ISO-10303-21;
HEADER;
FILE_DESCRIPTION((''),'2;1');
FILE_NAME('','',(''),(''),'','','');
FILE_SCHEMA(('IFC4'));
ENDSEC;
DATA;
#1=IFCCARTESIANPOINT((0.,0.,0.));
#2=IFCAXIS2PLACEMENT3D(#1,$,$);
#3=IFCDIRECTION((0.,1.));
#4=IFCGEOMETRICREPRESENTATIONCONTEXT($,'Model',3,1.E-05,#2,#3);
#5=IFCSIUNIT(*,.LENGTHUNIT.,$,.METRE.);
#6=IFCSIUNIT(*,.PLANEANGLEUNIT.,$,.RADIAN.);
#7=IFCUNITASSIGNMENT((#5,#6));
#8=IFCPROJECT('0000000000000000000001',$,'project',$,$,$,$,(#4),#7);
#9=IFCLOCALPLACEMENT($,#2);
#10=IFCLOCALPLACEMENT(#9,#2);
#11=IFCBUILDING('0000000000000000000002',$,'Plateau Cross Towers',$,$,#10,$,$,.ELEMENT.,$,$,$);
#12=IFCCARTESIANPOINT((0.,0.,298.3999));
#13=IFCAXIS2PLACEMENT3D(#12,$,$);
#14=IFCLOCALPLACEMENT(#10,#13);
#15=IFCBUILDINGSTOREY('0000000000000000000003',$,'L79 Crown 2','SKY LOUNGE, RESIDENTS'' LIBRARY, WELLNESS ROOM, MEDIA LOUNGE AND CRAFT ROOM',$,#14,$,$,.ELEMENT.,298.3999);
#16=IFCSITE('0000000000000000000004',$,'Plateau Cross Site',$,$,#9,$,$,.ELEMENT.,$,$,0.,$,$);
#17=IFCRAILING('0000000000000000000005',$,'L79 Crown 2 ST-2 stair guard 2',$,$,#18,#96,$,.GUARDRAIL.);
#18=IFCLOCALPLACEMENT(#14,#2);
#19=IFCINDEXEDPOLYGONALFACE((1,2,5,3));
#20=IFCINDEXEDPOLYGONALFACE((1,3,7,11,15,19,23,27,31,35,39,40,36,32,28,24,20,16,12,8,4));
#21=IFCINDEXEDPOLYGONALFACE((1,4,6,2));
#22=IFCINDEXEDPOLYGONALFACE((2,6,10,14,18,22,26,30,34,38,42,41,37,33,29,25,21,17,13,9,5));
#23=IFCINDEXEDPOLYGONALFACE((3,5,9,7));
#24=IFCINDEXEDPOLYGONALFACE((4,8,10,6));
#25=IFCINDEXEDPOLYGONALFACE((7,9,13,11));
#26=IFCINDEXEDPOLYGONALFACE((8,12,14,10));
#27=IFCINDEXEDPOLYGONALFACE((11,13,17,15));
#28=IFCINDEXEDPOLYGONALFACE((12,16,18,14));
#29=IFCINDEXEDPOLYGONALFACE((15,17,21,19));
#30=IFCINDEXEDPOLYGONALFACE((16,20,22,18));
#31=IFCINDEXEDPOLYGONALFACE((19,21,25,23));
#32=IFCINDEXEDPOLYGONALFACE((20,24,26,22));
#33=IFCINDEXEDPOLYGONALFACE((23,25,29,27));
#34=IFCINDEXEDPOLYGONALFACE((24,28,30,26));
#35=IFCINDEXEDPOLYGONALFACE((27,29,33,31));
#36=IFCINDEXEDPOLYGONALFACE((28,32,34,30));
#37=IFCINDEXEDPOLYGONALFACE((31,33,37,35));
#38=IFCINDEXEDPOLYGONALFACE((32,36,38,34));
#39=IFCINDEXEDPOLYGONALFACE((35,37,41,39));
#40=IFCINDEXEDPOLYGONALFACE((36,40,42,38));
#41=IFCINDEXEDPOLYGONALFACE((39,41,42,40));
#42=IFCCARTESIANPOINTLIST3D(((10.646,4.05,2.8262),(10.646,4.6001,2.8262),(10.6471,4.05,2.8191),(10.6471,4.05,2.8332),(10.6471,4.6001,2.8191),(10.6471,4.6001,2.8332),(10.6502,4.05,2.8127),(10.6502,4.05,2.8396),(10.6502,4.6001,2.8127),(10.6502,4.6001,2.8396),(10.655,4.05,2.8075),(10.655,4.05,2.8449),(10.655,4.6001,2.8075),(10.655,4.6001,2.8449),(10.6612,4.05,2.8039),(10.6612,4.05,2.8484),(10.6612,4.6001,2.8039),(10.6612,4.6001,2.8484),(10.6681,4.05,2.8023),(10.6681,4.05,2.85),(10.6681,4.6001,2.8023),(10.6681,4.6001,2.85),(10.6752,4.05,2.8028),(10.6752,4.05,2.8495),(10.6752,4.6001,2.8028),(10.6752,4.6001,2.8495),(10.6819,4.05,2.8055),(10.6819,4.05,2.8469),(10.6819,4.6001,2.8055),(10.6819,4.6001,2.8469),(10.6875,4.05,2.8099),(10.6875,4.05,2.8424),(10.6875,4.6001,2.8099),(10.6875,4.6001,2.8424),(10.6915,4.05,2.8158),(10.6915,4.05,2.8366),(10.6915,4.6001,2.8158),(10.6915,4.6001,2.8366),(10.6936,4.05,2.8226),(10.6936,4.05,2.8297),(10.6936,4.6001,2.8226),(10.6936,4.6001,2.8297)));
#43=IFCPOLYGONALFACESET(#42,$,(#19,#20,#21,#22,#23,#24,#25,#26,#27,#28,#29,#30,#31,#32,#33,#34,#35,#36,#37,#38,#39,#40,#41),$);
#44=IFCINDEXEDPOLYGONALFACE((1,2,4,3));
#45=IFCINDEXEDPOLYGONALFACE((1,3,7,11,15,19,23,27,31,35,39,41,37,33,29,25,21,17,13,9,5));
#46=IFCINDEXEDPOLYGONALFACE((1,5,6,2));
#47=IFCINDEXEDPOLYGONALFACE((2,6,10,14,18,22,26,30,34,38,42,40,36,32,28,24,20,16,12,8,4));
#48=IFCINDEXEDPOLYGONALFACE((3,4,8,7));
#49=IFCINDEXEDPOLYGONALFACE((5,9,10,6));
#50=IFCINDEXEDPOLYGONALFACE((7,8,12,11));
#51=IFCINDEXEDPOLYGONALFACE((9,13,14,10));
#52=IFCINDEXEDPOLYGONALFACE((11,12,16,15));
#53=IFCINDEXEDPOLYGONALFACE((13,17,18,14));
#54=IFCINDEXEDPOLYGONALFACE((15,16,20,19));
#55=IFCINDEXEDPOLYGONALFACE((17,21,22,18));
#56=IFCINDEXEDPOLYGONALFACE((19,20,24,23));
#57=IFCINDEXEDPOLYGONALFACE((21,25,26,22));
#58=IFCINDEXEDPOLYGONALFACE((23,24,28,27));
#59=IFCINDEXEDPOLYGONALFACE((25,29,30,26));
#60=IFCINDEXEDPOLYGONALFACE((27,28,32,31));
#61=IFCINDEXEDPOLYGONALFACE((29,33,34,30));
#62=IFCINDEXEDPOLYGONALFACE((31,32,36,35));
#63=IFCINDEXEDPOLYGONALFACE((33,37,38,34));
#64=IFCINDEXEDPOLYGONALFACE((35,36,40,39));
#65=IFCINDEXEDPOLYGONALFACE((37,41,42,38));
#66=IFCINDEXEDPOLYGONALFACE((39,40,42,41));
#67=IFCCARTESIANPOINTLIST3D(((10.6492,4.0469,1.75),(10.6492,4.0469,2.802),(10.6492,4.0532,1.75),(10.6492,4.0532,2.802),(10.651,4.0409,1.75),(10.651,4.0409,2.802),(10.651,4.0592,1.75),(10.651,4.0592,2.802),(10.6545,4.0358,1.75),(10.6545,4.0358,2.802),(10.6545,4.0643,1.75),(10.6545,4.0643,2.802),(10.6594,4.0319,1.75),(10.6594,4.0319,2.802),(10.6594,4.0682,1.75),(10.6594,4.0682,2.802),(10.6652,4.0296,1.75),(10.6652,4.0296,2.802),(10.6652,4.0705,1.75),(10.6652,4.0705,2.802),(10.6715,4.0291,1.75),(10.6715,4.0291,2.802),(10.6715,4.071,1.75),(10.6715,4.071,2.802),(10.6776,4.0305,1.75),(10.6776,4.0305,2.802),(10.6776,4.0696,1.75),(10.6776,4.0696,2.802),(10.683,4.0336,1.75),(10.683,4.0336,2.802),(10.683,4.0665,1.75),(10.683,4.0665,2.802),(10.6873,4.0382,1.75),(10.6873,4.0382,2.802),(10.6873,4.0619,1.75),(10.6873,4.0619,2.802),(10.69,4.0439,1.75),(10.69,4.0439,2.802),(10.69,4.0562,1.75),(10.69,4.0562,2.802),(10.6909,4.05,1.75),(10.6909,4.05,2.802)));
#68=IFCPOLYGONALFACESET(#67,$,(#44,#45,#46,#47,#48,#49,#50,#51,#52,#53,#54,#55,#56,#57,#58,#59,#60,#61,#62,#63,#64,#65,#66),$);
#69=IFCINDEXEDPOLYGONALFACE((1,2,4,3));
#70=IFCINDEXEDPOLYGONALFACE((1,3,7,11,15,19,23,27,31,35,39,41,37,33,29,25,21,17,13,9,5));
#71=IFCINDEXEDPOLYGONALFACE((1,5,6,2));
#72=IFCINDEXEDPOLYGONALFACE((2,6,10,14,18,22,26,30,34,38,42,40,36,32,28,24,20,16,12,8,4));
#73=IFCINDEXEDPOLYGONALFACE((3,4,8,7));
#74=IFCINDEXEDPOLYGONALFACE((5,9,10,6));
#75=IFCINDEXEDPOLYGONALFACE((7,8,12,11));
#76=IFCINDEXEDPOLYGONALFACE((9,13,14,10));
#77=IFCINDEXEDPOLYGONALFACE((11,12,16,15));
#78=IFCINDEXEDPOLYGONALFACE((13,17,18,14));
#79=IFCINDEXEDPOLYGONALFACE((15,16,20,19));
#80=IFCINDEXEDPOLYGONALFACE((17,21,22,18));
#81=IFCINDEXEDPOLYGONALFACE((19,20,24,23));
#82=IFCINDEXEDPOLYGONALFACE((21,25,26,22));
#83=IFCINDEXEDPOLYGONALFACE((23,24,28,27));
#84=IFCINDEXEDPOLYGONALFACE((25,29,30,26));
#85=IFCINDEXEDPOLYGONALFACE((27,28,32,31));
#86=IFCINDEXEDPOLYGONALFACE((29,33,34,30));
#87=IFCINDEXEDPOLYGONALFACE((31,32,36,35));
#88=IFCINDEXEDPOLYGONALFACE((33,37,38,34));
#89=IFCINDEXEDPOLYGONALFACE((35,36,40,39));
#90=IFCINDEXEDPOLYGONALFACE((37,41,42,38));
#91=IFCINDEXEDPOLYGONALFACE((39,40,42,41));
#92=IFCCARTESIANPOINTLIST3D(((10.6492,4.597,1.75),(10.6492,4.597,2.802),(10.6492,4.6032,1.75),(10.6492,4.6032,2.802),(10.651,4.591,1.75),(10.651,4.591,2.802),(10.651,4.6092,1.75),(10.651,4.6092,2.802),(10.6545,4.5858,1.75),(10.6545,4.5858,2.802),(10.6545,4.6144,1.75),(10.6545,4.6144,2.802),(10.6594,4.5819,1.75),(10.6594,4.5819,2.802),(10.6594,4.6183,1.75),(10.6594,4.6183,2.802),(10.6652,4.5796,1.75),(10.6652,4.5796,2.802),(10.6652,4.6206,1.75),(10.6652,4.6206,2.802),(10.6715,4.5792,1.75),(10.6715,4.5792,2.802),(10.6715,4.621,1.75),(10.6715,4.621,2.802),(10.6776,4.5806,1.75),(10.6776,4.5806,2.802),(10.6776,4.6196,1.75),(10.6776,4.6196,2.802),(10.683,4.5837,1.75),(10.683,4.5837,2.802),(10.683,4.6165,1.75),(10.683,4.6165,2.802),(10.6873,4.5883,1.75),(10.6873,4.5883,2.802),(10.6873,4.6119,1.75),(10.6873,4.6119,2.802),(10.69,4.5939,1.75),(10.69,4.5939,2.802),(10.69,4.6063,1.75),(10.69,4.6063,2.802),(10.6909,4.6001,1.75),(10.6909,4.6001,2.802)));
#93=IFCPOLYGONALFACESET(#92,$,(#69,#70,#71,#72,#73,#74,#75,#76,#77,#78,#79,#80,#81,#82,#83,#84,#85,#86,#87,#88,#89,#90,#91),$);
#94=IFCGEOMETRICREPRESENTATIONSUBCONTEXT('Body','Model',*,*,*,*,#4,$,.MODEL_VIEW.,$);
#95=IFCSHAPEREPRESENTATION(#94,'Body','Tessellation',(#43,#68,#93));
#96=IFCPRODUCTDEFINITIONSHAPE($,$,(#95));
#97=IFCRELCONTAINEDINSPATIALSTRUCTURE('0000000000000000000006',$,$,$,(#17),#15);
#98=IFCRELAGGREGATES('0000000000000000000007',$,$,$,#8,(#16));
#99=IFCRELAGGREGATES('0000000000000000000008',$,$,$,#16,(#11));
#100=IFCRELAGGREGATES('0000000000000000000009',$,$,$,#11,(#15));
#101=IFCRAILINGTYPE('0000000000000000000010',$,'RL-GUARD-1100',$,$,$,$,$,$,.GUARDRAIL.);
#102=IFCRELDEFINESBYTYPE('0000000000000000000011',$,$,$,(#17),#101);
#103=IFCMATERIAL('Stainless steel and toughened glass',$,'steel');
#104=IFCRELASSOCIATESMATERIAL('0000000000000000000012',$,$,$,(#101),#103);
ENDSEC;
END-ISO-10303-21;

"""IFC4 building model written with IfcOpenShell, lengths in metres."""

from ifc_helpers import new_model, si_unit, direction, frame, origin, origin_2d, place, context, subcontext, project, spatial, circle, extrude, material, type_object, element, save


model = new_model("IFC4")

# Units and contexts
model_context = context("Model", 3, precision=1e-05, world=origin(), true_north=direction((0.0, 1.0)))
body_context = subcontext(model_context, "Body", "Model", "MODEL_VIEW")
ifc_project = project(units=[si_unit("LENGTHUNIT", "METRE"), si_unit("PLANEANGLEUNIT", "RADIAN")], contexts=[model_context])

# Site, building, storey
site_placement = place(None, origin())
site = spatial("IfcSite", under=ifc_project, at=site_placement, Name="Plateau Cross Site", CompositionType="ELEMENT", RefElevation=0.0)
building_placement = place(site_placement, origin())
building = spatial("IfcBuilding", under=site, at=building_placement, Name="Plateau Cross Towers", CompositionType="ELEMENT")
storey_placement = place(building_placement, frame((0.0, 0.0, 298.3999)))
storey = spatial("IfcBuildingStorey", under=building, at=storey_placement, Name="L79 Crown 2", Description="SKY LOUNGE, RESIDENTS' LIBRARY, WELLNESS ROOM, MEDIA LOUNGE AND CRAFT ROOM", CompositionType="ELEMENT", Elevation=298.3999)

# Railing
ifc_material_1 = material(Name="Stainless steel and toughened glass", Category="steel")
railing_type_1 = type_object("IfcRailingType", Name="RL-GUARD-1100", PredefinedType="GUARDRAIL", material=ifc_material_1)
railing_1_placement = place(storey_placement, frame((10.6699, 4.05, 1.75)))
element("IfcRailing", 1, at=railing_1_placement, inside=storey, type_object=railing_type_1, Name="L79 Crown 2 ST-2 stair guard 2", PredefinedType="GUARDRAIL", context=body_context, shape_type="SweptSolid", body=[
    extrude(circle(Radius=0.0239, at=origin_2d()), frame((0.0, 0.0, 1.0762), z_axis=(0.0, 1.0, 0.0), x_axis=(-1.0, 0.0, 0.0)), (0.0, 0.0, 1.0), 0.55),
    extrude(circle(Radius=0.021, at=origin_2d()), origin(), (0.0, 0.0, 1.0), 1.052),
    extrude(circle(Radius=0.021, at=origin_2d()), frame((0.0, 0.55, 0.0)), (0.0, 0.0, 1.0), 1.052),
])

save(model, "model.ifc")
